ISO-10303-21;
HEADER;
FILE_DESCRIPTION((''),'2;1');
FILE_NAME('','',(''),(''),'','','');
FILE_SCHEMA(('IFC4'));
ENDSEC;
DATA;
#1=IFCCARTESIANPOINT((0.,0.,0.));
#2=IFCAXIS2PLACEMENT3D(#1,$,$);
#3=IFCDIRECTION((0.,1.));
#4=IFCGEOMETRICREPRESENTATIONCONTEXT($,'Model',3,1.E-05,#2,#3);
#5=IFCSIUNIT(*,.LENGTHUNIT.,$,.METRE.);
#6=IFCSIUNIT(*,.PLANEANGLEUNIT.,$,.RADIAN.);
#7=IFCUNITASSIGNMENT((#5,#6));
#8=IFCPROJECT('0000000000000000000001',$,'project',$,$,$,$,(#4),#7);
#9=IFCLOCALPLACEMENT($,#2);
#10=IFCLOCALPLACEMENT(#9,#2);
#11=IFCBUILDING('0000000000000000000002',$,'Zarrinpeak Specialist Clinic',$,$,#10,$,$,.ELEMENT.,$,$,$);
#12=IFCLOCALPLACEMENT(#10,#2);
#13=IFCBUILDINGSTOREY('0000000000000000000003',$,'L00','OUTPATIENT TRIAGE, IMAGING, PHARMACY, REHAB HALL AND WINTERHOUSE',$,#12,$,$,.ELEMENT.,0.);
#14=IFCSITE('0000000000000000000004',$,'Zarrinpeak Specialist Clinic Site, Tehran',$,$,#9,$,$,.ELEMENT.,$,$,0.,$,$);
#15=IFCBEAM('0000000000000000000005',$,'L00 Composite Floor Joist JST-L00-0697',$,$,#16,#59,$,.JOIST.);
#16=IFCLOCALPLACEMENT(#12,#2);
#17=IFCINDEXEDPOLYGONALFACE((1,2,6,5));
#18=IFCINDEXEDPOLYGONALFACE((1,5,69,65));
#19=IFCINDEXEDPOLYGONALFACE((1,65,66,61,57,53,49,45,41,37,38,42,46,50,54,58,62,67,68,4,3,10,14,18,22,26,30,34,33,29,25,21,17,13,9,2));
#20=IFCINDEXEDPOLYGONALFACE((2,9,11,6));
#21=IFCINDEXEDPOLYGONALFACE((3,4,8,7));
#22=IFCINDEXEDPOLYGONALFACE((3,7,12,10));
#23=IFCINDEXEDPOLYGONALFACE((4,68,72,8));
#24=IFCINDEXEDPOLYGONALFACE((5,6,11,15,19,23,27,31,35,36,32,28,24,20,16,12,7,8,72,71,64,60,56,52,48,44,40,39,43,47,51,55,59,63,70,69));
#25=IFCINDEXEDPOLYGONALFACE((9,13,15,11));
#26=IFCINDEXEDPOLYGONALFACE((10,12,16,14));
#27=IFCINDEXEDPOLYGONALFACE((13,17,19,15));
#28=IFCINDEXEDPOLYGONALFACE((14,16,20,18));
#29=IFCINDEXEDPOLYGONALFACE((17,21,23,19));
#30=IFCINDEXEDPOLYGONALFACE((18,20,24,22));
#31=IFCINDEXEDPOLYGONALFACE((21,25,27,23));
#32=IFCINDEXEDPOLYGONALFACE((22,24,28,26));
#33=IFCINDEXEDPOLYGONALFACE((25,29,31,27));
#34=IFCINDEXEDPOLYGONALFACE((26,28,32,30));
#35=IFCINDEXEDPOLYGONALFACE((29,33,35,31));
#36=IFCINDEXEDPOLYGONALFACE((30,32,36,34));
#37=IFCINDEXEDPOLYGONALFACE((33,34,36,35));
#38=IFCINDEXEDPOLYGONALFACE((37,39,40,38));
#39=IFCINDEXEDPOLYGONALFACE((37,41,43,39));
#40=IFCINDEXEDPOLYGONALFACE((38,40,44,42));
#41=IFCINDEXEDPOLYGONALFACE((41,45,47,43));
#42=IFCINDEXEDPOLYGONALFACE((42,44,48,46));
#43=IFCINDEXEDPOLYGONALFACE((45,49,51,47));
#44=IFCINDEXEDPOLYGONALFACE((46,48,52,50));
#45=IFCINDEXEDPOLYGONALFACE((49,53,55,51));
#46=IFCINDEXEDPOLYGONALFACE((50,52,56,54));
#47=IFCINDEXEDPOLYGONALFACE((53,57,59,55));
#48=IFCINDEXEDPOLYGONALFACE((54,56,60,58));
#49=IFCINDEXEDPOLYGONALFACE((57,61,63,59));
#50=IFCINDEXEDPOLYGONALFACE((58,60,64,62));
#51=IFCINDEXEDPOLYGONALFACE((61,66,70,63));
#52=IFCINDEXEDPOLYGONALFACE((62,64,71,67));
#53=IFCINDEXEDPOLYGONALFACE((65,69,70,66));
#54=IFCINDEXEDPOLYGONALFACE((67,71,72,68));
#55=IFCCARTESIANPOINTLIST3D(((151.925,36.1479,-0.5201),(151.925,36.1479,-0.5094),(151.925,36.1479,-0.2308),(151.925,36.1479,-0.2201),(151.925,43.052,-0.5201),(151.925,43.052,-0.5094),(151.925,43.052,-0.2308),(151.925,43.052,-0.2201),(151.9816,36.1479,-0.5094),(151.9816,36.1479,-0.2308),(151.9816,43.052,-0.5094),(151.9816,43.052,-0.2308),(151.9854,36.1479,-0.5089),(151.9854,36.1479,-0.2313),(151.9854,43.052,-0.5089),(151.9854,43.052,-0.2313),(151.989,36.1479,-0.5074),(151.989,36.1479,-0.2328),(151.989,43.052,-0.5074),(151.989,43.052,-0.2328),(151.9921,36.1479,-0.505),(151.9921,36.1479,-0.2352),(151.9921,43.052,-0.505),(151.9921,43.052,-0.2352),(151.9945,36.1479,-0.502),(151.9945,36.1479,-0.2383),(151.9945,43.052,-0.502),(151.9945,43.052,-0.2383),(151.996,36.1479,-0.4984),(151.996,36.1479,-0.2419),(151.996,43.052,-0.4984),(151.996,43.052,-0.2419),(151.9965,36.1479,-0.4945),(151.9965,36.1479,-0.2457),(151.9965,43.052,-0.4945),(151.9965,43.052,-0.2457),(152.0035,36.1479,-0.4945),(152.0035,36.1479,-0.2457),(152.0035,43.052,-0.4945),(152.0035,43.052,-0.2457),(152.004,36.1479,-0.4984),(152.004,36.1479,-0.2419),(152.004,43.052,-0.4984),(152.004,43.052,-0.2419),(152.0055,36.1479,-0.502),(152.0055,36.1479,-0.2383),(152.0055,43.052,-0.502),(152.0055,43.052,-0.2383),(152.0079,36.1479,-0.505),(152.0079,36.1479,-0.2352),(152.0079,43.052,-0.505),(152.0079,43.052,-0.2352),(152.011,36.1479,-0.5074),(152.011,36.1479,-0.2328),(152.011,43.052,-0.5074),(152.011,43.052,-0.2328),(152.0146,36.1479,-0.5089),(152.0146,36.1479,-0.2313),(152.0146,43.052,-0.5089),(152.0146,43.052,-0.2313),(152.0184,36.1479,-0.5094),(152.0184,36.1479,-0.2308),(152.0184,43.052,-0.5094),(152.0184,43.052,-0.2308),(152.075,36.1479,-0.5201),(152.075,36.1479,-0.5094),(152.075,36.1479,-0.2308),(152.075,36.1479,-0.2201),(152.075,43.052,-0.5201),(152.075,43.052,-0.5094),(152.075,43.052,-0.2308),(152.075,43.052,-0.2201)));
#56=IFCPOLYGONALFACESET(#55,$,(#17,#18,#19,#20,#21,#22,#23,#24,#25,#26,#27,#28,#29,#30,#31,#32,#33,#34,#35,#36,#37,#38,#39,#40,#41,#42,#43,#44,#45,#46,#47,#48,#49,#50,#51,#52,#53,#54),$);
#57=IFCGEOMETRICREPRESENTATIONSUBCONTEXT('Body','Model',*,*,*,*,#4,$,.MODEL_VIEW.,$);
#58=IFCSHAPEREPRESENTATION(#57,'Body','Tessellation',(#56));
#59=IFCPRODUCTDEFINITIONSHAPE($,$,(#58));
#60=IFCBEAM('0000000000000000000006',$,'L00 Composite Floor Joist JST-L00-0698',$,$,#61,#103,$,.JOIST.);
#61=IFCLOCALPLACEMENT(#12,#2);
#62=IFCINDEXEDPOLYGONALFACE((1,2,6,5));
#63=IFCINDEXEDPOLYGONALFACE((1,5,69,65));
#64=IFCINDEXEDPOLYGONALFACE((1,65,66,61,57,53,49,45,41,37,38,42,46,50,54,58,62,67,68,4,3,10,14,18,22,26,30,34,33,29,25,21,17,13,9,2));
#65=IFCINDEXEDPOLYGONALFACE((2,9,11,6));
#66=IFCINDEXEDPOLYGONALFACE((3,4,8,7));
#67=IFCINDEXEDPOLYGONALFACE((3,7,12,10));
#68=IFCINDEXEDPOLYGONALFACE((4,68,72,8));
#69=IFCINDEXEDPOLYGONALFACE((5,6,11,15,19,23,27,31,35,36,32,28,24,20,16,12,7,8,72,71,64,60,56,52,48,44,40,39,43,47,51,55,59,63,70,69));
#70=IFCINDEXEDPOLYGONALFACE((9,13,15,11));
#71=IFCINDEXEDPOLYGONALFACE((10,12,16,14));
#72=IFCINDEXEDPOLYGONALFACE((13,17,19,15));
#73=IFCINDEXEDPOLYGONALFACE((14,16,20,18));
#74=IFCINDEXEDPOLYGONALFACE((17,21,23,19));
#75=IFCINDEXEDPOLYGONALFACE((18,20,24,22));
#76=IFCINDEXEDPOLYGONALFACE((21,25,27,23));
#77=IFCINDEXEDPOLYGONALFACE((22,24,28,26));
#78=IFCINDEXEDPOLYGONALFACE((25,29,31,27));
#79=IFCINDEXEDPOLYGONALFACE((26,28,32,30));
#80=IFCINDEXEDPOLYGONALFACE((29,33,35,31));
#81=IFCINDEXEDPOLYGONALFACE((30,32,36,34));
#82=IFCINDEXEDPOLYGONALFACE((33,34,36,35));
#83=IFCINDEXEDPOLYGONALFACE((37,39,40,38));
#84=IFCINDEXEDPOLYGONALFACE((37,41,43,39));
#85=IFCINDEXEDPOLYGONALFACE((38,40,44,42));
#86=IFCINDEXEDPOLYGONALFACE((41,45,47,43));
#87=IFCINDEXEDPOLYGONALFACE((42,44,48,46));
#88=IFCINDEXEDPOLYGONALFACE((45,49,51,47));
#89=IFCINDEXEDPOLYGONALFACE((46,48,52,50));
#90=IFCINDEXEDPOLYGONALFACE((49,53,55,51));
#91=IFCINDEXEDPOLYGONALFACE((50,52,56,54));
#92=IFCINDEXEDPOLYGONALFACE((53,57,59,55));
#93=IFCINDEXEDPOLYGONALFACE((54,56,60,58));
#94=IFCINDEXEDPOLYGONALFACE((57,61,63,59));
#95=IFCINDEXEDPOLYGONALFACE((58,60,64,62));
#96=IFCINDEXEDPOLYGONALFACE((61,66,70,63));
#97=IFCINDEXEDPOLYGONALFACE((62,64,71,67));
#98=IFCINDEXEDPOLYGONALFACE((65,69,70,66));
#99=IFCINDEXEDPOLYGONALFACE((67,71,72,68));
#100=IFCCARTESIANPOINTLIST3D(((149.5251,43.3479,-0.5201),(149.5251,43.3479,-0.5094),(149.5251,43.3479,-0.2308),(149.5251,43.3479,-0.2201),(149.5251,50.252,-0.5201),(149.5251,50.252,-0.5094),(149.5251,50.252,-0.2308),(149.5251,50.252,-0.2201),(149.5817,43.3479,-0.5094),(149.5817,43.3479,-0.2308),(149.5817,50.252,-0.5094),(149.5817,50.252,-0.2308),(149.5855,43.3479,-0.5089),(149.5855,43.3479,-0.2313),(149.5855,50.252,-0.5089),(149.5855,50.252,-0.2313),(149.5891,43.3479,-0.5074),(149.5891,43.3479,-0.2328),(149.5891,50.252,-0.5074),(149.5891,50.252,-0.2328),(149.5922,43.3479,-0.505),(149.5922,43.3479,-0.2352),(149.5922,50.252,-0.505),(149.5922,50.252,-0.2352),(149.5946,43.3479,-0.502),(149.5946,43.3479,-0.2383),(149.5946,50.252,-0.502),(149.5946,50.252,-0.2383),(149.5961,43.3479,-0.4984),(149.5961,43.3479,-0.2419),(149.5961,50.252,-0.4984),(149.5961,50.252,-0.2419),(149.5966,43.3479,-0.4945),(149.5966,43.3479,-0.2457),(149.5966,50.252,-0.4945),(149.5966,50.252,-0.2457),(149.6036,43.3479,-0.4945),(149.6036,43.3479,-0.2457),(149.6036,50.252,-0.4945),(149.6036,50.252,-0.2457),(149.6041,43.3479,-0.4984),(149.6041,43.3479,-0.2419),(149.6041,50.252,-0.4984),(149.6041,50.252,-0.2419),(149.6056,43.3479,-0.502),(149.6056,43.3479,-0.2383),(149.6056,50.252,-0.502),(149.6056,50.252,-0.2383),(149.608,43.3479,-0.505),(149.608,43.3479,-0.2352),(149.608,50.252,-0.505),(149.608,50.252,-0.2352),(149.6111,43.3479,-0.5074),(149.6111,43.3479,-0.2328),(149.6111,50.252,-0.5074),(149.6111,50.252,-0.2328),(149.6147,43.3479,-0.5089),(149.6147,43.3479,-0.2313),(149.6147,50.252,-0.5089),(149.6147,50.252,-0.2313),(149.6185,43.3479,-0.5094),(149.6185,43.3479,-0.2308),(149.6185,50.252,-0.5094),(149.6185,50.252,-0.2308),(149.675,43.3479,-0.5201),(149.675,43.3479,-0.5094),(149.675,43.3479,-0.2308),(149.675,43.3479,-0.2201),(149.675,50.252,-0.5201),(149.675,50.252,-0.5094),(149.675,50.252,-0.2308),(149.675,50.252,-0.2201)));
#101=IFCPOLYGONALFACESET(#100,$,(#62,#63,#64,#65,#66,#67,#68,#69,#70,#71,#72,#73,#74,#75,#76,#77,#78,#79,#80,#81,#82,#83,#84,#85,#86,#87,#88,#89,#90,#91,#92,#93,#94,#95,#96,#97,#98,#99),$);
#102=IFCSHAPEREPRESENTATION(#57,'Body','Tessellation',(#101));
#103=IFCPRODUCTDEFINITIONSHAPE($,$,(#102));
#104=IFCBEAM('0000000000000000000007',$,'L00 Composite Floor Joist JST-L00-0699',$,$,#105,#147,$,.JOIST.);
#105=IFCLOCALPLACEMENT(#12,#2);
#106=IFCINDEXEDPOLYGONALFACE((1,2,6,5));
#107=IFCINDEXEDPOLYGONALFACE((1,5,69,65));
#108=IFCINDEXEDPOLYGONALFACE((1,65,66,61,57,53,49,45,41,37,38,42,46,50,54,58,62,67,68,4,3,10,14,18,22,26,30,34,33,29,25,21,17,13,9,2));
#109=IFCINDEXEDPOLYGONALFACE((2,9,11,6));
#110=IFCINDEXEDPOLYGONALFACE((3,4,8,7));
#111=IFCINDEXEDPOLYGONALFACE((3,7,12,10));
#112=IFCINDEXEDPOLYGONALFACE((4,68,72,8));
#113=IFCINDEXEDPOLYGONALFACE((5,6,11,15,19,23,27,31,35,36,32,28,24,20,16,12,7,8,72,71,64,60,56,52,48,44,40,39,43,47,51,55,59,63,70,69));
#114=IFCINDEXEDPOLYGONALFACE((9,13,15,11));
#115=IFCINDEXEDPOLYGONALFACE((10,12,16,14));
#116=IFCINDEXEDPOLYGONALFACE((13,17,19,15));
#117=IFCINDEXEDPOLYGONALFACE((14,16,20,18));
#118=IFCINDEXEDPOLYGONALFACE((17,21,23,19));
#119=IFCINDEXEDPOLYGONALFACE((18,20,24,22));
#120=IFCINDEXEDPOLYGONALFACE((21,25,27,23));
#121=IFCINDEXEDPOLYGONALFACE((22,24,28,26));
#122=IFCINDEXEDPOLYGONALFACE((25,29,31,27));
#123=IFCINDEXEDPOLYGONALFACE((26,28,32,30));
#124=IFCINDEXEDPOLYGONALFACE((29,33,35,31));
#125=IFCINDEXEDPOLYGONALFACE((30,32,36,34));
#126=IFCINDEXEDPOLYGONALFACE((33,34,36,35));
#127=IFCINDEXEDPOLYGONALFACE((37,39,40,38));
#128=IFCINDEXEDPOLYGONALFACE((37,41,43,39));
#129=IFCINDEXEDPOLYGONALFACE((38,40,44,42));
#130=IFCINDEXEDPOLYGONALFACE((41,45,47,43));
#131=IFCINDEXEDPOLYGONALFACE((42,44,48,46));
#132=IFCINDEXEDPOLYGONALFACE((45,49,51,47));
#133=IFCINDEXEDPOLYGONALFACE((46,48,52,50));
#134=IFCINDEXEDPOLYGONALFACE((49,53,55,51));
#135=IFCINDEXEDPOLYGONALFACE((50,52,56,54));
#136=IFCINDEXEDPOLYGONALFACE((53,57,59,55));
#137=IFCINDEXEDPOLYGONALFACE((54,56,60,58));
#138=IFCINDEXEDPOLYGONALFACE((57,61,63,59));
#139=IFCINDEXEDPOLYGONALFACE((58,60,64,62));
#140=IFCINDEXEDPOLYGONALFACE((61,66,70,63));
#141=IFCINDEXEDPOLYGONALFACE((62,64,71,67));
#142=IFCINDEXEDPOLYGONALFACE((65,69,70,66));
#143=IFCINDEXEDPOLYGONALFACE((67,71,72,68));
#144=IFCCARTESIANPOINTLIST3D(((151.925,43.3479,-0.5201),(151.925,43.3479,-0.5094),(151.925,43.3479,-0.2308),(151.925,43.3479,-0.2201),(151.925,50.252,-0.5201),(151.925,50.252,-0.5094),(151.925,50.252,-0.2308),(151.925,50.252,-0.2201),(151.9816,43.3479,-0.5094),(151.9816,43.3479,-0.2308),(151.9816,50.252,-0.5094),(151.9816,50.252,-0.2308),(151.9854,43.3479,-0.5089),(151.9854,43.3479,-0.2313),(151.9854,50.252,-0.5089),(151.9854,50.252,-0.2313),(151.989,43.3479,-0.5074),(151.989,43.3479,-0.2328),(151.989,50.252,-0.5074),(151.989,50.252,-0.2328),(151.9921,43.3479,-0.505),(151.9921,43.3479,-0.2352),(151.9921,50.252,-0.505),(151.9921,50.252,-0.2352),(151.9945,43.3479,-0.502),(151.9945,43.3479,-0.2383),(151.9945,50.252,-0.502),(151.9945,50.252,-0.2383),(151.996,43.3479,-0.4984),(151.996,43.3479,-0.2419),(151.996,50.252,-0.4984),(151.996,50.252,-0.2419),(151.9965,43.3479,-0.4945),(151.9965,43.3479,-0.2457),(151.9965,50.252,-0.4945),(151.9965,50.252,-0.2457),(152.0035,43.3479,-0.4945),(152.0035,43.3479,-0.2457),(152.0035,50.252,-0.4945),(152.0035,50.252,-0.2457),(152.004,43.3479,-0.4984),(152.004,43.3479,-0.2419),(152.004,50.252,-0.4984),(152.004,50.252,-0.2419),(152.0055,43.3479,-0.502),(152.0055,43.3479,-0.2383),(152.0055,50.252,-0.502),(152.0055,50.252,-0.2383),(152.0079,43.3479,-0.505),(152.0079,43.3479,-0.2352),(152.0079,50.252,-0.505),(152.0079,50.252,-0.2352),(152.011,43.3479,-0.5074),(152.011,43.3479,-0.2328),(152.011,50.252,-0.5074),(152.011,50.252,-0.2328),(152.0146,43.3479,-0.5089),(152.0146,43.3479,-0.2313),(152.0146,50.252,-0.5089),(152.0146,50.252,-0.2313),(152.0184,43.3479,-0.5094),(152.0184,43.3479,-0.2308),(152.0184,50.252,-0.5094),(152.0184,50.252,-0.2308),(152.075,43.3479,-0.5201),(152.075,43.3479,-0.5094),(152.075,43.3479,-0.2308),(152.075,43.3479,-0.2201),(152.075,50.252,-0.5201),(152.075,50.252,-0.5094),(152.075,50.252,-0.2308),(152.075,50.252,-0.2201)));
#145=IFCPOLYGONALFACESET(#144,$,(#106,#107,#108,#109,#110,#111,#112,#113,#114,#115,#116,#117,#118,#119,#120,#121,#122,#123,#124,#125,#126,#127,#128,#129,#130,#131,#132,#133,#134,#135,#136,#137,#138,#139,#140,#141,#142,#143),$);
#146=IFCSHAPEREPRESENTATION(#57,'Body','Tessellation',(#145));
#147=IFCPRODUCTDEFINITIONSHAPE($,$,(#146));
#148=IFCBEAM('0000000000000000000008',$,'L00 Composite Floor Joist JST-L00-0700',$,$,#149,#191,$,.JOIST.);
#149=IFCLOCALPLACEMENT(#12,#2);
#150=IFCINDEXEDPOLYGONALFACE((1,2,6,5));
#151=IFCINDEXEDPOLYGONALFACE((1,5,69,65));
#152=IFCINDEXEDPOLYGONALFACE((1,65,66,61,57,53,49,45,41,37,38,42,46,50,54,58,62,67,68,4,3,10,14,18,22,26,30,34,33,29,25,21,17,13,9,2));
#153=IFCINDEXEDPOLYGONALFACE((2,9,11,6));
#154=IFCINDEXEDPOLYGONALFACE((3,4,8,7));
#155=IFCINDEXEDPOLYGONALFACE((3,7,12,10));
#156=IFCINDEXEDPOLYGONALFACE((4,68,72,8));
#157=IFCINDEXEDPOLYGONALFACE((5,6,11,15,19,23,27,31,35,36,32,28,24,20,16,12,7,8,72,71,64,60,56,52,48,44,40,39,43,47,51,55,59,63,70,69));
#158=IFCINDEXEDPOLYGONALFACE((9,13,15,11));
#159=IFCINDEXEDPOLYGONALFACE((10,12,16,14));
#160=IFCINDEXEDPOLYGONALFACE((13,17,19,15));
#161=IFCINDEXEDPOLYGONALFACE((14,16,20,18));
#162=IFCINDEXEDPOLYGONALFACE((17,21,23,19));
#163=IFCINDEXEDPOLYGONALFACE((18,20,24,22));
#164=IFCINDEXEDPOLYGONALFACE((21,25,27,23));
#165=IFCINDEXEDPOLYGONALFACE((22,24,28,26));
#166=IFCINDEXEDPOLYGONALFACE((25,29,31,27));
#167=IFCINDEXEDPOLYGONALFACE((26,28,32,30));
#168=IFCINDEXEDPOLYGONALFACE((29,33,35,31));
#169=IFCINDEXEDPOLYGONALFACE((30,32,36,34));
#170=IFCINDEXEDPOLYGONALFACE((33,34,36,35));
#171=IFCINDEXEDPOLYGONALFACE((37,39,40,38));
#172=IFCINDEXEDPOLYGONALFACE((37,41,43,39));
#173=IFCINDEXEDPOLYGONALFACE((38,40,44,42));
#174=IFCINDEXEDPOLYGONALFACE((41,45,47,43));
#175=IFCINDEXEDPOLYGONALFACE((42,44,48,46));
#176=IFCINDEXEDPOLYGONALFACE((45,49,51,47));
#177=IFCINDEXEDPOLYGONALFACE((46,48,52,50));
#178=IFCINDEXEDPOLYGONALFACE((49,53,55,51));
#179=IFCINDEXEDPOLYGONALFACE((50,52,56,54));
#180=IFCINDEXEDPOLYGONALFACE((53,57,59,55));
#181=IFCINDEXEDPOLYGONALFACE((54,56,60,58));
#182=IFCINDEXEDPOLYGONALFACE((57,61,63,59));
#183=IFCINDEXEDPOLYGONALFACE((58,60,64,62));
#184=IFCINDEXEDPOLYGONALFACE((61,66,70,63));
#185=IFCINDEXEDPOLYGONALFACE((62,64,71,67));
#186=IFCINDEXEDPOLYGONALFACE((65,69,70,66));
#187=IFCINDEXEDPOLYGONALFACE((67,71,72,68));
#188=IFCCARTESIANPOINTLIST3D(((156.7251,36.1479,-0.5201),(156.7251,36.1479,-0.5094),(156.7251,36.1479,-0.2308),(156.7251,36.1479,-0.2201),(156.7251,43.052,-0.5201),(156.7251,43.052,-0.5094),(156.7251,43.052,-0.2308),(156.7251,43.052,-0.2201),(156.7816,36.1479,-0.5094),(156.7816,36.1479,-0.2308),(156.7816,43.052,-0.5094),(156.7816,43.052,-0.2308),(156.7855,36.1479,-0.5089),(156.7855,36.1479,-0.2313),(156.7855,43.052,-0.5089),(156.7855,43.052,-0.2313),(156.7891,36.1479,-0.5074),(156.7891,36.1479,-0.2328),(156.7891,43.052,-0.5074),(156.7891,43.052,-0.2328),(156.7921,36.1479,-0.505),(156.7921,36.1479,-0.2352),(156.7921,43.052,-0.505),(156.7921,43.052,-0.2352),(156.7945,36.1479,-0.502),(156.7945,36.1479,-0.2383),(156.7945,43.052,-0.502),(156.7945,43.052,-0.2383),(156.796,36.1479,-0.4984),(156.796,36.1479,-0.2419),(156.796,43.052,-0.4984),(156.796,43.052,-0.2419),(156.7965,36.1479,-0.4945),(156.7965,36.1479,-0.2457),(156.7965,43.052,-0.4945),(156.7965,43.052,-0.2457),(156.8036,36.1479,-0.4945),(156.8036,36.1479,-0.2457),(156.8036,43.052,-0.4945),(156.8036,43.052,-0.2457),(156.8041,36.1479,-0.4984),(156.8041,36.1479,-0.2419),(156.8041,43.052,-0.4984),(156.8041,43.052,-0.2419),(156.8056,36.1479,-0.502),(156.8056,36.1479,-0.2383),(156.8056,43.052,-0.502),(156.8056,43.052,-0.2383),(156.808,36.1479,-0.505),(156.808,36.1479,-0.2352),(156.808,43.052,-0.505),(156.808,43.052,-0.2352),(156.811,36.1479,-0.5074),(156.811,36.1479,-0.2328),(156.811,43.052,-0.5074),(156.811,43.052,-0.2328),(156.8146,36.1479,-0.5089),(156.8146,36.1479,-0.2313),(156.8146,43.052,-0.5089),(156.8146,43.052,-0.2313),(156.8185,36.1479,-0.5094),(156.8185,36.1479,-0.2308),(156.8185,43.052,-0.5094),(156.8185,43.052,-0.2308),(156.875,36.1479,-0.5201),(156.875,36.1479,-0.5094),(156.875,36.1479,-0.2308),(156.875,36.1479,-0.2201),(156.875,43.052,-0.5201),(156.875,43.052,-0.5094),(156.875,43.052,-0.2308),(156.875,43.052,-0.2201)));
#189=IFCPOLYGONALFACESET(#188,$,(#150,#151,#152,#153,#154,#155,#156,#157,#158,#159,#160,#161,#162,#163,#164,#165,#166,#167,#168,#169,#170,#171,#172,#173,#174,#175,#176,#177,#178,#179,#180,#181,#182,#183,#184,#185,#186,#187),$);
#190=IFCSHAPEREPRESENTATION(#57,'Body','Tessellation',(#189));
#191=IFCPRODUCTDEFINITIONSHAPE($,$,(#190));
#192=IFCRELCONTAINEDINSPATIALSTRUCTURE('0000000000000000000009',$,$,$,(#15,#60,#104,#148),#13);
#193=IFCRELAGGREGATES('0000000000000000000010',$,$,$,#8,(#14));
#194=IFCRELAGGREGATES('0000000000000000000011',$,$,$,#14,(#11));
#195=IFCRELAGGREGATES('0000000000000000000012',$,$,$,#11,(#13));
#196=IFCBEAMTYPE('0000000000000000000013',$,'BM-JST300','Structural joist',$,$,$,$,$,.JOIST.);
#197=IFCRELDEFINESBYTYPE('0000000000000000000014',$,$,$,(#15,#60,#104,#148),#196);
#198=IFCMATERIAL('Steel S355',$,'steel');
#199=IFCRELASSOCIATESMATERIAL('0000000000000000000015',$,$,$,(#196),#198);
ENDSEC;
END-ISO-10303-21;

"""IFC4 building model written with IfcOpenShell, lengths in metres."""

from ifc_helpers import new_model, si_unit, direction, frame, origin, origin_2d, place, context, subcontext, project, spatial, i_section, extrude, material, material_profile, profile_set, type_object, element, save


model = new_model("IFC4")

# Units and contexts
model_context = context("Model", 3, precision=1e-05, world=origin(), true_north=direction((0.0, 1.0)))
body_context = subcontext(model_context, "Body", "Model", "MODEL_VIEW")
ifc_project = project(units=[si_unit("LENGTHUNIT", "METRE"), si_unit("PLANEANGLEUNIT", "RADIAN")], contexts=[model_context])

# Site, building, storey
site_placement = place(None, origin())
site = spatial("IfcSite", under=ifc_project, at=site_placement, Name="Zarrinpeak Specialist Clinic Site, Tehran", CompositionType="ELEMENT", RefElevation=0.0)
building_placement = place(site_placement, origin())
building = spatial("IfcBuilding", under=site, at=building_placement, Name="Zarrinpeak Specialist Clinic", CompositionType="ELEMENT")
storey_placement = place(building_placement, origin())
storey = spatial("IfcBuildingStorey", under=building, at=storey_placement, Name="L00", Description="OUTPATIENT TRIAGE, IMAGING, PHARMACY, REHAB HALL AND WINTERHOUSE", CompositionType="ELEMENT", Elevation=0.0)

# Beams
ifc_material = material(Name="Steel S355", Category="steel")
ifc_material_profile_1 = material_profile(ifc_material, i_section(OverallWidth=0.1499, OverallDepth=0.3, WebThickness=0.0071, FlangeThickness=0.0107, FilletRadius=0.0149, at=origin_2d()), Name="IPE 300")
ifc_profile_set_1 = profile_set([ifc_material_profile_1], Name="Steel S355")
beam_type_1 = type_object("IfcBeamType", Name="BM-JST300", Description="Structural joist", PredefinedType="JOIST", material=ifc_profile_set_1)
for number, where, z_axis, x_axis, name in (
    (1, (152.0, 36.1479, -0.3701), (0.0, 1.0, 0.0), (-1.0, 0.0, 0.0), "L00 Composite Floor Joist JST-L00-0697"),
    (2, (149.6001, 43.3479, -0.3701), (0.0, 1.0, 0.0), (-1.0, 0.0, 0.0), "L00 Composite Floor Joist JST-L00-0698"),
    (3, (152.0, 43.3479, -0.3701), (0.0, 1.0, 0.0), (-1.0, 0.0, 0.0), "L00 Composite Floor Joist JST-L00-0699"),
    (4, (156.8, 36.1479, -0.3701), (0.0, 1.0, 0.0), (-1.0, 0.0, 0.0), "L00 Composite Floor Joist JST-L00-0700"),
):
    element("IfcBeam", number, at=place(storey_placement, frame(where, z_axis=z_axis, x_axis=x_axis)), inside=storey, type_object=beam_type_1, Name=name, PredefinedType="JOIST", context=body_context, shape_type="SweptSolid", body=[
        extrude(i_section(OverallWidth=0.1499, OverallDepth=0.3, WebThickness=0.0071, FlangeThickness=0.0107, FilletRadius=0.0149, at=origin_2d()), origin(), (0.0, 0.0, 1.0), 6.9041),
    ])

save(model, "model.ifc")
